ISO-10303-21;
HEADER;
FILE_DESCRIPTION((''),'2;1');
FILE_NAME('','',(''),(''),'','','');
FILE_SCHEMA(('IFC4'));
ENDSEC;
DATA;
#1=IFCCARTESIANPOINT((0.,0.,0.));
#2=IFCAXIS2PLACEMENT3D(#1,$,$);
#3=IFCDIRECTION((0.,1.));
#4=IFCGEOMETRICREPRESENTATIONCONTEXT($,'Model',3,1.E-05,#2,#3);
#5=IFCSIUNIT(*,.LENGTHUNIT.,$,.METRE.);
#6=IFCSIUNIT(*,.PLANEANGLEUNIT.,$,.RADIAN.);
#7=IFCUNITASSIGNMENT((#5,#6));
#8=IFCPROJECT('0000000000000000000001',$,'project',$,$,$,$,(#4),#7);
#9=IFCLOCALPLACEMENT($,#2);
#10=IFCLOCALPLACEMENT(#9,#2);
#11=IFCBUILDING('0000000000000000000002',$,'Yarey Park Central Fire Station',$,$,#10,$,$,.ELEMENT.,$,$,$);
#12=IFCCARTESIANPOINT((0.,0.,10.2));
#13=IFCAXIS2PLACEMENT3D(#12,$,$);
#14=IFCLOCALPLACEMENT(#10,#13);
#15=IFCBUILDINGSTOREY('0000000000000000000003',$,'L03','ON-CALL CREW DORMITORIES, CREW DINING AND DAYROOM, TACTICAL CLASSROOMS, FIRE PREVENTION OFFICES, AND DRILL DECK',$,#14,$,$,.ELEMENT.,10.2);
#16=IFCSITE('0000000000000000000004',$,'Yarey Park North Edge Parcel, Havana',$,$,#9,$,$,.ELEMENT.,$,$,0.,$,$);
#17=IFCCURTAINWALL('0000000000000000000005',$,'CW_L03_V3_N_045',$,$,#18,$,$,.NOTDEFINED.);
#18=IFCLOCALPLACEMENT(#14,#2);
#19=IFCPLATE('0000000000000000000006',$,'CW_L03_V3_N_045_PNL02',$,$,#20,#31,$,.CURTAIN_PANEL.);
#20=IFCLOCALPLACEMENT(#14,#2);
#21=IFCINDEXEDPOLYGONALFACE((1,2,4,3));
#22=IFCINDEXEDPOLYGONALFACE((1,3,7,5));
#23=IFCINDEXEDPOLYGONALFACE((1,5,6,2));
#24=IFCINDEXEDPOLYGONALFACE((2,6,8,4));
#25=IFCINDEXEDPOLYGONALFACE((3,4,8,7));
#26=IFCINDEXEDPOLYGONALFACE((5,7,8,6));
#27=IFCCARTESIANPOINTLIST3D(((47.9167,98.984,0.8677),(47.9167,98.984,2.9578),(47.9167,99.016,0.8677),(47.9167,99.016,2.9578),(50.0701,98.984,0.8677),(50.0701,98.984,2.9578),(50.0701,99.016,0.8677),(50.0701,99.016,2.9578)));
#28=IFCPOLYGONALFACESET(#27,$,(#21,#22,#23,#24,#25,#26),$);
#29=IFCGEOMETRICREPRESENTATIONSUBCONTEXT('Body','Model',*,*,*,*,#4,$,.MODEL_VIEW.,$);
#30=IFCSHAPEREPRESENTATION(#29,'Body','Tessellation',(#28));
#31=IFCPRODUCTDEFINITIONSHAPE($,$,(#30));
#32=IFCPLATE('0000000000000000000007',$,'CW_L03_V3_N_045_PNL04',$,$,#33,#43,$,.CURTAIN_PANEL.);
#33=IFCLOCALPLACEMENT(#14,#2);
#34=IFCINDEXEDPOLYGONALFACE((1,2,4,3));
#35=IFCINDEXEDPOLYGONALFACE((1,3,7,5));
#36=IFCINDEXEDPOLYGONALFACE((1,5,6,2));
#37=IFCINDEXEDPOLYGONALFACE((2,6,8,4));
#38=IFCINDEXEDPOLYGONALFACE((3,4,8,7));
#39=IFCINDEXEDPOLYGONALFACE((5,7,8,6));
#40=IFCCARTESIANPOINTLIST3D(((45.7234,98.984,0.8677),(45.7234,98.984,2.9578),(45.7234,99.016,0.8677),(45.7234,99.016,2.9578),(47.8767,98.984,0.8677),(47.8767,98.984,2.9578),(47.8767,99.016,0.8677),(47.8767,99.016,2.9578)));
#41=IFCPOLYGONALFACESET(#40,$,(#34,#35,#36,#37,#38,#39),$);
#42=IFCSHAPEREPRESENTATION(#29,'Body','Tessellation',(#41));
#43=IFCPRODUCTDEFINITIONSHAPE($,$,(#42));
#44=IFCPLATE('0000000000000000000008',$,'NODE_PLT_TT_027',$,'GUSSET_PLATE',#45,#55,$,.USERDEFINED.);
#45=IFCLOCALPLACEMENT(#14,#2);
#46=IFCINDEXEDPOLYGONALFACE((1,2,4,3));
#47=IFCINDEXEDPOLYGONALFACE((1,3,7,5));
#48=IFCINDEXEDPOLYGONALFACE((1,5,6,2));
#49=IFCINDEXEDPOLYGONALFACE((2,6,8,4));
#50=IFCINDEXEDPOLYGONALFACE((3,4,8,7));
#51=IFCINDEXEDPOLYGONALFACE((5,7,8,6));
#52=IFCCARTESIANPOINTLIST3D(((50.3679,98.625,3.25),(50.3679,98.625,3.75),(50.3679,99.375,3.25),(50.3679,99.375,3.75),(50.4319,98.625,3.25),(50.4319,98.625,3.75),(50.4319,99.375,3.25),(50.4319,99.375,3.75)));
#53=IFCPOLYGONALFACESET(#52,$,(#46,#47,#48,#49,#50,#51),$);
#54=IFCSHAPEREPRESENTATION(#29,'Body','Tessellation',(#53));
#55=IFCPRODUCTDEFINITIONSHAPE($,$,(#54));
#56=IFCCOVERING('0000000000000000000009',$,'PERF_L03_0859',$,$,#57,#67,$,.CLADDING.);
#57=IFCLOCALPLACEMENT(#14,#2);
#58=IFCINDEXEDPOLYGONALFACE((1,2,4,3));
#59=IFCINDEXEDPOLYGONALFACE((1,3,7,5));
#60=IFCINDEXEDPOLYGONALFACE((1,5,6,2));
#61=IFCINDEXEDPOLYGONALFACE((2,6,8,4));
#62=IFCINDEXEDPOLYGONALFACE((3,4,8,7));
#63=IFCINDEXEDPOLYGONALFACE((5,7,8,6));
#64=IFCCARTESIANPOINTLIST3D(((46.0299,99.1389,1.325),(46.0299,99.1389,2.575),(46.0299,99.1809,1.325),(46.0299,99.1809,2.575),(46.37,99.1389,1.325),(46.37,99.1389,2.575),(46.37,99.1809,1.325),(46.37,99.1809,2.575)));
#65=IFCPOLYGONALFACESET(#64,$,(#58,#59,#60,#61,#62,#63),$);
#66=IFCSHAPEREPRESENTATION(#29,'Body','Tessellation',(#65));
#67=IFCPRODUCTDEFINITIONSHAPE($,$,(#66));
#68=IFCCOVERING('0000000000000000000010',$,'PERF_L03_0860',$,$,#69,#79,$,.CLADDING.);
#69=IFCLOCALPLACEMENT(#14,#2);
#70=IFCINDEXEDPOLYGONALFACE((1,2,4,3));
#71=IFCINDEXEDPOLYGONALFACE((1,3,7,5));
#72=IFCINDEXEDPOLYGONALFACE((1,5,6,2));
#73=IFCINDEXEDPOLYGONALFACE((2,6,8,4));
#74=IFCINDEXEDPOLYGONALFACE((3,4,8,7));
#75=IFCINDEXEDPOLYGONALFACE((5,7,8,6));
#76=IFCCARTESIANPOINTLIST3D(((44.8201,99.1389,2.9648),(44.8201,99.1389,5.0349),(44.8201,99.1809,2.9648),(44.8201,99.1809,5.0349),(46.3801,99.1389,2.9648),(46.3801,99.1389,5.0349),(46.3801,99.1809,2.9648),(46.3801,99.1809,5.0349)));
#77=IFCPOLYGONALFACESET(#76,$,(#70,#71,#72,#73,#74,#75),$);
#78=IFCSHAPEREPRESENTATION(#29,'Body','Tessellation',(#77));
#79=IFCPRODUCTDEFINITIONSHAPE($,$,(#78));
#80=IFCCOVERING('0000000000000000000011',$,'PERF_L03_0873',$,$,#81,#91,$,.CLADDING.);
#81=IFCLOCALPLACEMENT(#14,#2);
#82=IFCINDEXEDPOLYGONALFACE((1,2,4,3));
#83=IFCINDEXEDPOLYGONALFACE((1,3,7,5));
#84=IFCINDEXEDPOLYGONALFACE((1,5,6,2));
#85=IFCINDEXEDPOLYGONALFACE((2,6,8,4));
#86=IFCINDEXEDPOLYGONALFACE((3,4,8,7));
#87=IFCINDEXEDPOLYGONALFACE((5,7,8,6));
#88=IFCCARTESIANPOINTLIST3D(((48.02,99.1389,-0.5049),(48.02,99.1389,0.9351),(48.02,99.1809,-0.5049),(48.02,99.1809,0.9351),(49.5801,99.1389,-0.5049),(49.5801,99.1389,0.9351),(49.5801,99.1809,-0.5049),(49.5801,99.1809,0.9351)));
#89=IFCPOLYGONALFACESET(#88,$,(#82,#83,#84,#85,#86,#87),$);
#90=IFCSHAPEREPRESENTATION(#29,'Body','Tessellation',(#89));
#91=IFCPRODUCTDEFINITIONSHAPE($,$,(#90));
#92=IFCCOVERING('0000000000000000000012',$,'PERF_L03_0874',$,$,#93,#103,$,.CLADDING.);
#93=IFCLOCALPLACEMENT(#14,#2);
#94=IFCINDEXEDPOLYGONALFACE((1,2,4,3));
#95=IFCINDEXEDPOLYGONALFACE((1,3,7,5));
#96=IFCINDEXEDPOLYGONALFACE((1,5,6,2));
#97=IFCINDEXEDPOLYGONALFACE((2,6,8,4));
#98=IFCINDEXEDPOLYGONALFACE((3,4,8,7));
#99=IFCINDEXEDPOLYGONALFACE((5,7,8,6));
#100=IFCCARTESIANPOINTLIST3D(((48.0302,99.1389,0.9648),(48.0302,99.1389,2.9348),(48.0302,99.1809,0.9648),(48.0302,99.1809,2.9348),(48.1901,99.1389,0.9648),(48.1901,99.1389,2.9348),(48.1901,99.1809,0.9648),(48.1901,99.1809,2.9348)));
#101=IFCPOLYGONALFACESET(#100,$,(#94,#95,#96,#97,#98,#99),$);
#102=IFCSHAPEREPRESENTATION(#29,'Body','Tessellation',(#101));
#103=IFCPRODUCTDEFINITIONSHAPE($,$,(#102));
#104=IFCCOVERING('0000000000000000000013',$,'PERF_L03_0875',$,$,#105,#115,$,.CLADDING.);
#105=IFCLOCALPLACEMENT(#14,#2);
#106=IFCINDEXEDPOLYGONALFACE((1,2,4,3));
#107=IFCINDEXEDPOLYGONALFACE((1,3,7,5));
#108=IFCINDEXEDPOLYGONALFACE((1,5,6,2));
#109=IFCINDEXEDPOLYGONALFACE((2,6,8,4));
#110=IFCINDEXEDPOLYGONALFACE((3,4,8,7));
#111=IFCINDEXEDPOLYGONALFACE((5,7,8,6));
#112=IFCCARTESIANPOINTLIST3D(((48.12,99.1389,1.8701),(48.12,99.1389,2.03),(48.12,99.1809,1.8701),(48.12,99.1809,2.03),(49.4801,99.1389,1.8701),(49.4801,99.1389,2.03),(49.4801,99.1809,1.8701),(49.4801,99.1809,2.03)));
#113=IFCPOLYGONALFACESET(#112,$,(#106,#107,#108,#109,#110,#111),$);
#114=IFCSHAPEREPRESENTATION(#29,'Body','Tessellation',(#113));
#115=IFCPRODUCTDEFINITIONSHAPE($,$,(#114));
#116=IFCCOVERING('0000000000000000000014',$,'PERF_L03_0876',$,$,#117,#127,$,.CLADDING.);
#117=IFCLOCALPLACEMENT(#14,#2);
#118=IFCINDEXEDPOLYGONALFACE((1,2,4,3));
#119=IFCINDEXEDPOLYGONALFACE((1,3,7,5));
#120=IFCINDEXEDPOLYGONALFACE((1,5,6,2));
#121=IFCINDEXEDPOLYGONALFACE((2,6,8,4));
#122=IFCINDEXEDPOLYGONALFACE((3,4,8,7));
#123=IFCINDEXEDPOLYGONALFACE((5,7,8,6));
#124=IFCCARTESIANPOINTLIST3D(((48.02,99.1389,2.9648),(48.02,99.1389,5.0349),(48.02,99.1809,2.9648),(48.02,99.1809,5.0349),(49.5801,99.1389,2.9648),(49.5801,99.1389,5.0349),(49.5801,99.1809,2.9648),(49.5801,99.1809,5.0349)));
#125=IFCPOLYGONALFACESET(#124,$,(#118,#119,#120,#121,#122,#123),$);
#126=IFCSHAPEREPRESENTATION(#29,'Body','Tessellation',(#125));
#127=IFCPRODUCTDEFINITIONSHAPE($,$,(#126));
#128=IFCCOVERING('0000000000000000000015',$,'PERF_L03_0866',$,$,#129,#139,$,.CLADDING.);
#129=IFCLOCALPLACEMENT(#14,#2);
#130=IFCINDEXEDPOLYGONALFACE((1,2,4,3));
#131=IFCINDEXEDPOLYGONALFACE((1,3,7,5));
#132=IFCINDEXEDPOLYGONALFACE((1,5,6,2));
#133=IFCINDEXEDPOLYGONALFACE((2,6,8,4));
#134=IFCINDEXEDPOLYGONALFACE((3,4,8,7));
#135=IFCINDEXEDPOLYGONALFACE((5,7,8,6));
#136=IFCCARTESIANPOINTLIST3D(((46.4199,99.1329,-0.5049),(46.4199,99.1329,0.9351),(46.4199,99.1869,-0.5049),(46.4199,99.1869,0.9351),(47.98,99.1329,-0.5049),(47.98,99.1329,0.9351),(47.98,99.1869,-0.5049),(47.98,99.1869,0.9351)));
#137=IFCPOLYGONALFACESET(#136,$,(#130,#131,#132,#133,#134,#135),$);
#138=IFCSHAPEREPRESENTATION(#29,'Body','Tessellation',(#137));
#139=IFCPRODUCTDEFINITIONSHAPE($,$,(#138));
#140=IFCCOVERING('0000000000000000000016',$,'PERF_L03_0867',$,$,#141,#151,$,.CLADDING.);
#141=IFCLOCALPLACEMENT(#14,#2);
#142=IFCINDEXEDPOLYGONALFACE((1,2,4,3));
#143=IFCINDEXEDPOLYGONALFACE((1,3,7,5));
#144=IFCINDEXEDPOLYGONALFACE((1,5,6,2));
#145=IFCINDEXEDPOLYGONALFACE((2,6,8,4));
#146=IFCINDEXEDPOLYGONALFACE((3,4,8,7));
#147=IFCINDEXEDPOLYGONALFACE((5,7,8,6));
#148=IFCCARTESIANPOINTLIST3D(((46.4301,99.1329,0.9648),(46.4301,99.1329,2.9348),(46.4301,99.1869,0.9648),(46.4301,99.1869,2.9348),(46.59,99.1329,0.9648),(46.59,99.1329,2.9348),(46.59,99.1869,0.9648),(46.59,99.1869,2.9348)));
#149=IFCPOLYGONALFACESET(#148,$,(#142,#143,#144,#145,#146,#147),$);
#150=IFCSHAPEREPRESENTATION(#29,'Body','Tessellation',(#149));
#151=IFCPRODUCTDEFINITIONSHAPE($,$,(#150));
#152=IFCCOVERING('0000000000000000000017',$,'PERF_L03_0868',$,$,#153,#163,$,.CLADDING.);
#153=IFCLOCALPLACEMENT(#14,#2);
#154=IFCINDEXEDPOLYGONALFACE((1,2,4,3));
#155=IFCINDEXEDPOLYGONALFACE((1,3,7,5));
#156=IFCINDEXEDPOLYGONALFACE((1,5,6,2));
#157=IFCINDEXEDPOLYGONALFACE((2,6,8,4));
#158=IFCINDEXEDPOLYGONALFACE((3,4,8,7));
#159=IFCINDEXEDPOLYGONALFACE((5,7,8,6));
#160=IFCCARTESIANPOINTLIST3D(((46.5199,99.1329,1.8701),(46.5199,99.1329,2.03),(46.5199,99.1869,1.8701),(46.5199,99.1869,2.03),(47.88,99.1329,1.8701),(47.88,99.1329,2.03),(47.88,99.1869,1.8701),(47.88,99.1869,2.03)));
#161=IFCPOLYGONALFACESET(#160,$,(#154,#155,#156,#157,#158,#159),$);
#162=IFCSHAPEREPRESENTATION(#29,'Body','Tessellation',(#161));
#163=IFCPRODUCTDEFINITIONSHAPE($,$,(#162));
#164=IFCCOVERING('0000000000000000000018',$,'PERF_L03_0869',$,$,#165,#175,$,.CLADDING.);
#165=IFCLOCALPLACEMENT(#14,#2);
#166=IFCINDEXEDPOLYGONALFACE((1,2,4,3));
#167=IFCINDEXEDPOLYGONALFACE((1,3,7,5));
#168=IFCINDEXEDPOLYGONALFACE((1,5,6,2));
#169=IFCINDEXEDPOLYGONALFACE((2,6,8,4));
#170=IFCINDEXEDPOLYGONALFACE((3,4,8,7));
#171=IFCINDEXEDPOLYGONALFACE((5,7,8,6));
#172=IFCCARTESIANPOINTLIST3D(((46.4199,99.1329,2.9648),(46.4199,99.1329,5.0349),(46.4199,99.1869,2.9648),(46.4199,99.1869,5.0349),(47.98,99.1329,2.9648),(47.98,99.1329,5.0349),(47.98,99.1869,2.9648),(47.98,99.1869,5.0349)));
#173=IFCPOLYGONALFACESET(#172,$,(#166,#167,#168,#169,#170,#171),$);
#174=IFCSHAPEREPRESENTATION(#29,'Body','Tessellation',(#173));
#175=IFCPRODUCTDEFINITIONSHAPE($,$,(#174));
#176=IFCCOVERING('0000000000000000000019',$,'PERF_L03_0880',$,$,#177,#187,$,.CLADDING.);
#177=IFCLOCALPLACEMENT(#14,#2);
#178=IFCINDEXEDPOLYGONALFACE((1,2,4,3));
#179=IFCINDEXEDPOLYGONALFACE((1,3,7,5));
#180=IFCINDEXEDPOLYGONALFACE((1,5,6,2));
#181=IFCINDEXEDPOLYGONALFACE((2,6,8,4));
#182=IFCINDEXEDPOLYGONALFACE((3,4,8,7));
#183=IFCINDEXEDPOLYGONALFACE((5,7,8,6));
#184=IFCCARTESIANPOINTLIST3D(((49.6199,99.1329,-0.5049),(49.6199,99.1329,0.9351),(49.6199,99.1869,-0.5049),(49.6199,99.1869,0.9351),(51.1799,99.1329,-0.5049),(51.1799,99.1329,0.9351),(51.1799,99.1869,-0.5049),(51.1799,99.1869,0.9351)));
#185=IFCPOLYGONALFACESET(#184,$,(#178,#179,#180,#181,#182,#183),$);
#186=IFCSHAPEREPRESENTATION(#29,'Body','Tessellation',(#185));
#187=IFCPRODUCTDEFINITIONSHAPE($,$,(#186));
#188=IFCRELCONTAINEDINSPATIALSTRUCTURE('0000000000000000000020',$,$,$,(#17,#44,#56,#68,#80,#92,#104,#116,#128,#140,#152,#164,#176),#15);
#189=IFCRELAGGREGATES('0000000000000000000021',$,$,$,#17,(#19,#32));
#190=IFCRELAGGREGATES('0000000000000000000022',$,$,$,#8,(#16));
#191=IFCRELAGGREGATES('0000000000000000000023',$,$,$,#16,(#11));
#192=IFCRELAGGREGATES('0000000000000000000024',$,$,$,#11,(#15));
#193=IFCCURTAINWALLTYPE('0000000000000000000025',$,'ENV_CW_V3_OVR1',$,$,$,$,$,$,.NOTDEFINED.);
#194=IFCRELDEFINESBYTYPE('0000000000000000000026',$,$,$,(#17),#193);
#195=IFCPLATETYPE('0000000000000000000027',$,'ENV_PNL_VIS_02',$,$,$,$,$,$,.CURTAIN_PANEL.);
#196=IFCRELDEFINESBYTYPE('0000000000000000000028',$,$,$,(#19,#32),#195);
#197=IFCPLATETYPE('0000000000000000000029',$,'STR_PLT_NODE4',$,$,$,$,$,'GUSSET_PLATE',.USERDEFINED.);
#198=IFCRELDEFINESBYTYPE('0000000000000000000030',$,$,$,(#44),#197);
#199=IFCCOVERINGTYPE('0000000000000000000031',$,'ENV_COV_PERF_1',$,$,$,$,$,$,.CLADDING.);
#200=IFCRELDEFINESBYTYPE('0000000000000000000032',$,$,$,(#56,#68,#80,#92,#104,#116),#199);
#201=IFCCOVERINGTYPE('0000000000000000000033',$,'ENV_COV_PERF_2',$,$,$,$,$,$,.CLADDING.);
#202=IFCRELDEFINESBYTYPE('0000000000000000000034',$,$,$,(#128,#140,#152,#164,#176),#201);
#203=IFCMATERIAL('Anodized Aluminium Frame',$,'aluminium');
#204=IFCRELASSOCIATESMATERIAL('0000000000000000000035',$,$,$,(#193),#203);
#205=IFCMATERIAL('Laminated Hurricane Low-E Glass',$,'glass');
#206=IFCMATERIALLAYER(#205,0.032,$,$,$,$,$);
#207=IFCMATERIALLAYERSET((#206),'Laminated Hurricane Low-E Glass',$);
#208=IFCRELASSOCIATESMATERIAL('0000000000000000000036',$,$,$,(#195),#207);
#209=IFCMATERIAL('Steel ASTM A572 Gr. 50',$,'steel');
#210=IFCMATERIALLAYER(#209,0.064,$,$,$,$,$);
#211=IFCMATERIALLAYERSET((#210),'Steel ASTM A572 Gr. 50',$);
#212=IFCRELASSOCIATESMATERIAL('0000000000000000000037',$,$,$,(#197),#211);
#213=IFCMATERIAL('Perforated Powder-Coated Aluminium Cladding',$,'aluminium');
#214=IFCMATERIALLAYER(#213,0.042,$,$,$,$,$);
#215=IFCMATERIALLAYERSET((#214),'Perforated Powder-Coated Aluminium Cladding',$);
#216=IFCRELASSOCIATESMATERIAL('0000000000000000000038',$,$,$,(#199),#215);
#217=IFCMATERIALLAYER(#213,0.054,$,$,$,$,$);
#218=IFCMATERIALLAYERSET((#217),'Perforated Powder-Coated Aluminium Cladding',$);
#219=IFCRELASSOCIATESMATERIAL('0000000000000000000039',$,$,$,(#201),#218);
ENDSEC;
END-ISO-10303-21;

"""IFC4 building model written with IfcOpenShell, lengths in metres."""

from ifc_helpers import new_model, si_unit, direction, frame, origin, origin_2d, place, context, subcontext, project, spatial, rectangle, extrude, material, layer, layer_set, type_object, element, aggregate, save


model = new_model("IFC4")

# Units and contexts
model_context = context("Model", 3, precision=1e-05, world=origin(), true_north=direction((0.0, 1.0)))
body_context = subcontext(model_context, "Body", "Model", "MODEL_VIEW")
ifc_project = project(units=[si_unit("LENGTHUNIT", "METRE"), si_unit("PLANEANGLEUNIT", "RADIAN")], contexts=[model_context])

# Site, building, storey
site_placement = place(None, origin())
site = spatial("IfcSite", under=ifc_project, at=site_placement, Name="Yarey Park North Edge Parcel, Havana", CompositionType="ELEMENT", RefElevation=0.0)
building_placement = place(site_placement, origin())
building = spatial("IfcBuilding", under=site, at=building_placement, Name="Yarey Park Central Fire Station", CompositionType="ELEMENT")
storey_placement = place(building_placement, frame((0.0, 0.0, 10.2)))
storey = spatial("IfcBuildingStorey", under=building, at=storey_placement, Name="L03", Description="ON-CALL CREW DORMITORIES, CREW DINING AND DAYROOM, TACTICAL CLASSROOMS, FIRE PREVENTION OFFICES, AND DRILL DECK", CompositionType="ELEMENT", Elevation=10.2)

# Curtain wall
ifc_material_1 = material(Name="Anodized Aluminium Frame", Category="aluminium")
curtain_wall_type = type_object("IfcCurtainWallType", Name="ENV_CW_V3_OVR1", PredefinedType="NOTDEFINED", material=ifc_material_1)
curtain_wall_placement = place(storey_placement, origin())
curtain_wall = element("IfcCurtainWall", 1, at=curtain_wall_placement, inside=storey, type_object=curtain_wall_type, Name="CW_L03_V3_N_045", PredefinedType="NOTDEFINED")

# Plates
ifc_material_2 = material(Name="Laminated Hurricane Low-E Glass", Category="glass")
ifc_layer_1 = layer(ifc_material_2, 0.032)
ifc_layer_set_1 = layer_set([ifc_layer_1], Name="Laminated Hurricane Low-E Glass")
plate_type_1 = type_object("IfcPlateType", Name="ENV_PNL_VIS_02", PredefinedType="CURTAIN_PANEL", material=ifc_layer_set_1)
plate_1_placement = place(storey_placement, frame((48.9934, 99.0, 0.8677), z_axis=(0.0, 0.0, 1.0), x_axis=(-1.0, 0.0, 0.0)))
plate_1 = element("IfcPlate", 2, at=plate_1_placement, type_object=plate_type_1, Name="CW_L03_V3_N_045_PNL02", PredefinedType="CURTAIN_PANEL", context=body_context, shape_type="SweptSolid", body=[
    extrude(rectangle(XDim=2.1533, YDim=0.032, at=origin_2d()), origin(), (0.0, 0.0, 1.0), 2.0901),
])
plate_2_placement = place(storey_placement, frame((46.8, 99.0, 0.8677), z_axis=(0.0, 0.0, 1.0), x_axis=(-1.0, 0.0, 0.0)))
plate_2 = element("IfcPlate", 3, at=plate_2_placement, type_object=plate_type_1, Name="CW_L03_V3_N_045_PNL04", PredefinedType="CURTAIN_PANEL", context=body_context, shape_type="SweptSolid", body=[
    extrude(rectangle(XDim=2.1533, YDim=0.032, at=origin_2d()), origin(), (0.0, 0.0, 1.0), 2.0901),
])
aggregate(curtain_wall, [plate_1, plate_2])
ifc_material_3 = material(Name="Steel ASTM A572 Gr. 50", Category="steel")
ifc_layer_2 = layer(ifc_material_3, 0.064)
ifc_layer_set_2 = layer_set([ifc_layer_2], Name="Steel ASTM A572 Gr. 50")
plate_type_2 = type_object("IfcPlateType", Name="STR_PLT_NODE4", ElementType="GUSSET_PLATE", PredefinedType="USERDEFINED", material=ifc_layer_set_2)
plate_3_placement = place(storey_placement, frame((50.3999, 99.0, 3.25), z_axis=(0.0, 0.0, 1.0), x_axis=(1.0, 0.0, 0.0)))
element("IfcPlate", 4, at=plate_3_placement, inside=storey, type_object=plate_type_2, Name="NODE_PLT_TT_027", ObjectType="GUSSET_PLATE", PredefinedType="USERDEFINED", context=body_context, shape_type="SweptSolid", body=[
    extrude(rectangle(XDim=0.064, YDim=0.75, at=origin_2d()), origin(), (0.0, 0.0, 1.0), 0.5),
])

# Coverings
ifc_material_4 = material(Name="Perforated Powder-Coated Aluminium Cladding", Category="aluminium")
ifc_layer_3 = layer(ifc_material_4, 0.042)
ifc_layer_set_3 = layer_set([ifc_layer_3], Name="Perforated Powder-Coated Aluminium Cladding")
covering_type_1 = type_object("IfcCoveringType", Name="ENV_COV_PERF_1", PredefinedType="CLADDING", material=ifc_layer_set_3)
covering_1_placement = place(storey_placement, frame((46.2, 99.1599, 1.325), z_axis=(0.0, 0.0, 1.0), x_axis=(1.0, 0.0, 0.0)))
element("IfcCovering", 5, at=covering_1_placement, inside=storey, type_object=covering_type_1, Name="PERF_L03_0859", PredefinedType="CLADDING", context=body_context, shape_type="SweptSolid", body=[
    extrude(rectangle(XDim=0.3401, YDim=0.042, at=origin_2d()), origin(), (0.0, 0.0, 1.0), 1.25),
])
covering_2_placement = place(storey_placement, frame((45.6001, 99.1599, 2.9648), z_axis=(0.0, 0.0, 1.0), x_axis=(1.0, 0.0, 0.0)))
element("IfcCovering", 6, at=covering_2_placement, inside=storey, type_object=covering_type_1, Name="PERF_L03_0860", PredefinedType="CLADDING", context=body_context, shape_type="SweptSolid", body=[
    extrude(rectangle(XDim=1.5601, YDim=0.042, at=origin_2d()), origin(), (0.0, 0.0, 1.0), 2.0701),
])
covering_3_placement = place(storey_placement, frame((48.8, 99.1599, -0.5049), z_axis=(0.0, 0.0, 1.0), x_axis=(1.0, 0.0, 0.0)))
element("IfcCovering", 7, at=covering_3_placement, inside=storey, type_object=covering_type_1, Name="PERF_L03_0873", PredefinedType="CLADDING", context=body_context, shape_type="SweptSolid", body=[
    extrude(rectangle(XDim=1.5601, YDim=0.042, at=origin_2d()), origin(), (0.0, 0.0, 1.0), 1.4399),
])
covering_4_placement = place(storey_placement, frame((48.1101, 99.1599, 0.9648), z_axis=(0.0, 0.0, 1.0), x_axis=(1.0, 0.0, 0.0)))
element("IfcCovering", 8, at=covering_4_placement, inside=storey, type_object=covering_type_1, Name="PERF_L03_0874", PredefinedType="CLADDING", context=body_context, shape_type="SweptSolid", body=[
    extrude(rectangle(XDim=0.1599, YDim=0.042, at=origin_2d()), origin(), (0.0, 0.0, 1.0), 1.97),
])
covering_5_placement = place(storey_placement, frame((48.8, 99.1599, 1.8701), z_axis=(0.0, 0.0, 1.0), x_axis=(1.0, 0.0, 0.0)))
element("IfcCovering", 9, at=covering_5_placement, inside=storey, type_object=covering_type_1, Name="PERF_L03_0875", PredefinedType="CLADDING", context=body_context, shape_type="SweptSolid", body=[
    extrude(rectangle(XDim=1.3601, YDim=0.042, at=origin_2d()), origin(), (0.0, 0.0, 1.0), 0.1599),
])
covering_6_placement = place(storey_placement, frame((48.8, 99.1599, 2.9648), z_axis=(0.0, 0.0, 1.0), x_axis=(1.0, 0.0, 0.0)))
element("IfcCovering", 10, at=covering_6_placement, inside=storey, type_object=covering_type_1, Name="PERF_L03_0876", PredefinedType="CLADDING", context=body_context, shape_type="SweptSolid", body=[
    extrude(rectangle(XDim=1.5601, YDim=0.042, at=origin_2d()), origin(), (0.0, 0.0, 1.0), 2.0701),
])
ifc_layer_4 = layer(ifc_material_4, 0.054)
ifc_layer_set_4 = layer_set([ifc_layer_4], Name="Perforated Powder-Coated Aluminium Cladding")
covering_type_2 = type_object("IfcCoveringType", Name="ENV_COV_PERF_2", PredefinedType="CLADDING", material=ifc_layer_set_4)
covering_7_placement = place(storey_placement, frame((47.2, 99.1599, -0.5049), z_axis=(0.0, 0.0, 1.0), x_axis=(1.0, 0.0, 0.0)))
element("IfcCovering", 11, at=covering_7_placement, inside=storey, type_object=covering_type_2, Name="PERF_L03_0866", PredefinedType="CLADDING", context=body_context, shape_type="SweptSolid", body=[
    extrude(rectangle(XDim=1.5601, YDim=0.054, at=origin_2d()), origin(), (0.0, 0.0, 1.0), 1.4399),
])
covering_8_placement = place(storey_placement, frame((46.51, 99.1599, 0.9648), z_axis=(0.0, 0.0, 1.0), x_axis=(1.0, 0.0, 0.0)))
element("IfcCovering", 12, at=covering_8_placement, inside=storey, type_object=covering_type_2, Name="PERF_L03_0867", PredefinedType="CLADDING", context=body_context, shape_type="SweptSolid", body=[
    extrude(rectangle(XDim=0.1599, YDim=0.054, at=origin_2d()), origin(), (0.0, 0.0, 1.0), 1.97),
])
covering_9_placement = place(storey_placement, frame((47.2, 99.1599, 1.8701), z_axis=(0.0, 0.0, 1.0), x_axis=(1.0, 0.0, 0.0)))
element("IfcCovering", 13, at=covering_9_placement, inside=storey, type_object=covering_type_2, Name="PERF_L03_0868", PredefinedType="CLADDING", context=body_context, shape_type="SweptSolid", body=[
    extrude(rectangle(XDim=1.3601, YDim=0.054, at=origin_2d()), origin(), (0.0, 0.0, 1.0), 0.1599),
])
covering_10_placement = place(storey_placement, frame((47.2, 99.1599, 2.9648), z_axis=(0.0, 0.0, 1.0), x_axis=(1.0, 0.0, 0.0)))
element("IfcCovering", 14, at=covering_10_placement, inside=storey, type_object=covering_type_2, Name="PERF_L03_0869", PredefinedType="CLADDING", context=body_context, shape_type="SweptSolid", body=[
    extrude(rectangle(XDim=1.5601, YDim=0.054, at=origin_2d()), origin(), (0.0, 0.0, 1.0), 2.0701),
])
covering_11_placement = place(storey_placement, frame((50.3999, 99.1599, -0.5049), z_axis=(0.0, 0.0, 1.0), x_axis=(1.0, 0.0, 0.0)))
element("IfcCovering", 15, at=covering_11_placement, inside=storey, type_object=covering_type_2, Name="PERF_L03_0880", PredefinedType="CLADDING", context=body_context, shape_type="SweptSolid", body=[
    extrude(rectangle(XDim=1.5601, YDim=0.054, at=origin_2d()), origin(), (0.0, 0.0, 1.0), 1.4399),
])

save(model, "model.ifc")
